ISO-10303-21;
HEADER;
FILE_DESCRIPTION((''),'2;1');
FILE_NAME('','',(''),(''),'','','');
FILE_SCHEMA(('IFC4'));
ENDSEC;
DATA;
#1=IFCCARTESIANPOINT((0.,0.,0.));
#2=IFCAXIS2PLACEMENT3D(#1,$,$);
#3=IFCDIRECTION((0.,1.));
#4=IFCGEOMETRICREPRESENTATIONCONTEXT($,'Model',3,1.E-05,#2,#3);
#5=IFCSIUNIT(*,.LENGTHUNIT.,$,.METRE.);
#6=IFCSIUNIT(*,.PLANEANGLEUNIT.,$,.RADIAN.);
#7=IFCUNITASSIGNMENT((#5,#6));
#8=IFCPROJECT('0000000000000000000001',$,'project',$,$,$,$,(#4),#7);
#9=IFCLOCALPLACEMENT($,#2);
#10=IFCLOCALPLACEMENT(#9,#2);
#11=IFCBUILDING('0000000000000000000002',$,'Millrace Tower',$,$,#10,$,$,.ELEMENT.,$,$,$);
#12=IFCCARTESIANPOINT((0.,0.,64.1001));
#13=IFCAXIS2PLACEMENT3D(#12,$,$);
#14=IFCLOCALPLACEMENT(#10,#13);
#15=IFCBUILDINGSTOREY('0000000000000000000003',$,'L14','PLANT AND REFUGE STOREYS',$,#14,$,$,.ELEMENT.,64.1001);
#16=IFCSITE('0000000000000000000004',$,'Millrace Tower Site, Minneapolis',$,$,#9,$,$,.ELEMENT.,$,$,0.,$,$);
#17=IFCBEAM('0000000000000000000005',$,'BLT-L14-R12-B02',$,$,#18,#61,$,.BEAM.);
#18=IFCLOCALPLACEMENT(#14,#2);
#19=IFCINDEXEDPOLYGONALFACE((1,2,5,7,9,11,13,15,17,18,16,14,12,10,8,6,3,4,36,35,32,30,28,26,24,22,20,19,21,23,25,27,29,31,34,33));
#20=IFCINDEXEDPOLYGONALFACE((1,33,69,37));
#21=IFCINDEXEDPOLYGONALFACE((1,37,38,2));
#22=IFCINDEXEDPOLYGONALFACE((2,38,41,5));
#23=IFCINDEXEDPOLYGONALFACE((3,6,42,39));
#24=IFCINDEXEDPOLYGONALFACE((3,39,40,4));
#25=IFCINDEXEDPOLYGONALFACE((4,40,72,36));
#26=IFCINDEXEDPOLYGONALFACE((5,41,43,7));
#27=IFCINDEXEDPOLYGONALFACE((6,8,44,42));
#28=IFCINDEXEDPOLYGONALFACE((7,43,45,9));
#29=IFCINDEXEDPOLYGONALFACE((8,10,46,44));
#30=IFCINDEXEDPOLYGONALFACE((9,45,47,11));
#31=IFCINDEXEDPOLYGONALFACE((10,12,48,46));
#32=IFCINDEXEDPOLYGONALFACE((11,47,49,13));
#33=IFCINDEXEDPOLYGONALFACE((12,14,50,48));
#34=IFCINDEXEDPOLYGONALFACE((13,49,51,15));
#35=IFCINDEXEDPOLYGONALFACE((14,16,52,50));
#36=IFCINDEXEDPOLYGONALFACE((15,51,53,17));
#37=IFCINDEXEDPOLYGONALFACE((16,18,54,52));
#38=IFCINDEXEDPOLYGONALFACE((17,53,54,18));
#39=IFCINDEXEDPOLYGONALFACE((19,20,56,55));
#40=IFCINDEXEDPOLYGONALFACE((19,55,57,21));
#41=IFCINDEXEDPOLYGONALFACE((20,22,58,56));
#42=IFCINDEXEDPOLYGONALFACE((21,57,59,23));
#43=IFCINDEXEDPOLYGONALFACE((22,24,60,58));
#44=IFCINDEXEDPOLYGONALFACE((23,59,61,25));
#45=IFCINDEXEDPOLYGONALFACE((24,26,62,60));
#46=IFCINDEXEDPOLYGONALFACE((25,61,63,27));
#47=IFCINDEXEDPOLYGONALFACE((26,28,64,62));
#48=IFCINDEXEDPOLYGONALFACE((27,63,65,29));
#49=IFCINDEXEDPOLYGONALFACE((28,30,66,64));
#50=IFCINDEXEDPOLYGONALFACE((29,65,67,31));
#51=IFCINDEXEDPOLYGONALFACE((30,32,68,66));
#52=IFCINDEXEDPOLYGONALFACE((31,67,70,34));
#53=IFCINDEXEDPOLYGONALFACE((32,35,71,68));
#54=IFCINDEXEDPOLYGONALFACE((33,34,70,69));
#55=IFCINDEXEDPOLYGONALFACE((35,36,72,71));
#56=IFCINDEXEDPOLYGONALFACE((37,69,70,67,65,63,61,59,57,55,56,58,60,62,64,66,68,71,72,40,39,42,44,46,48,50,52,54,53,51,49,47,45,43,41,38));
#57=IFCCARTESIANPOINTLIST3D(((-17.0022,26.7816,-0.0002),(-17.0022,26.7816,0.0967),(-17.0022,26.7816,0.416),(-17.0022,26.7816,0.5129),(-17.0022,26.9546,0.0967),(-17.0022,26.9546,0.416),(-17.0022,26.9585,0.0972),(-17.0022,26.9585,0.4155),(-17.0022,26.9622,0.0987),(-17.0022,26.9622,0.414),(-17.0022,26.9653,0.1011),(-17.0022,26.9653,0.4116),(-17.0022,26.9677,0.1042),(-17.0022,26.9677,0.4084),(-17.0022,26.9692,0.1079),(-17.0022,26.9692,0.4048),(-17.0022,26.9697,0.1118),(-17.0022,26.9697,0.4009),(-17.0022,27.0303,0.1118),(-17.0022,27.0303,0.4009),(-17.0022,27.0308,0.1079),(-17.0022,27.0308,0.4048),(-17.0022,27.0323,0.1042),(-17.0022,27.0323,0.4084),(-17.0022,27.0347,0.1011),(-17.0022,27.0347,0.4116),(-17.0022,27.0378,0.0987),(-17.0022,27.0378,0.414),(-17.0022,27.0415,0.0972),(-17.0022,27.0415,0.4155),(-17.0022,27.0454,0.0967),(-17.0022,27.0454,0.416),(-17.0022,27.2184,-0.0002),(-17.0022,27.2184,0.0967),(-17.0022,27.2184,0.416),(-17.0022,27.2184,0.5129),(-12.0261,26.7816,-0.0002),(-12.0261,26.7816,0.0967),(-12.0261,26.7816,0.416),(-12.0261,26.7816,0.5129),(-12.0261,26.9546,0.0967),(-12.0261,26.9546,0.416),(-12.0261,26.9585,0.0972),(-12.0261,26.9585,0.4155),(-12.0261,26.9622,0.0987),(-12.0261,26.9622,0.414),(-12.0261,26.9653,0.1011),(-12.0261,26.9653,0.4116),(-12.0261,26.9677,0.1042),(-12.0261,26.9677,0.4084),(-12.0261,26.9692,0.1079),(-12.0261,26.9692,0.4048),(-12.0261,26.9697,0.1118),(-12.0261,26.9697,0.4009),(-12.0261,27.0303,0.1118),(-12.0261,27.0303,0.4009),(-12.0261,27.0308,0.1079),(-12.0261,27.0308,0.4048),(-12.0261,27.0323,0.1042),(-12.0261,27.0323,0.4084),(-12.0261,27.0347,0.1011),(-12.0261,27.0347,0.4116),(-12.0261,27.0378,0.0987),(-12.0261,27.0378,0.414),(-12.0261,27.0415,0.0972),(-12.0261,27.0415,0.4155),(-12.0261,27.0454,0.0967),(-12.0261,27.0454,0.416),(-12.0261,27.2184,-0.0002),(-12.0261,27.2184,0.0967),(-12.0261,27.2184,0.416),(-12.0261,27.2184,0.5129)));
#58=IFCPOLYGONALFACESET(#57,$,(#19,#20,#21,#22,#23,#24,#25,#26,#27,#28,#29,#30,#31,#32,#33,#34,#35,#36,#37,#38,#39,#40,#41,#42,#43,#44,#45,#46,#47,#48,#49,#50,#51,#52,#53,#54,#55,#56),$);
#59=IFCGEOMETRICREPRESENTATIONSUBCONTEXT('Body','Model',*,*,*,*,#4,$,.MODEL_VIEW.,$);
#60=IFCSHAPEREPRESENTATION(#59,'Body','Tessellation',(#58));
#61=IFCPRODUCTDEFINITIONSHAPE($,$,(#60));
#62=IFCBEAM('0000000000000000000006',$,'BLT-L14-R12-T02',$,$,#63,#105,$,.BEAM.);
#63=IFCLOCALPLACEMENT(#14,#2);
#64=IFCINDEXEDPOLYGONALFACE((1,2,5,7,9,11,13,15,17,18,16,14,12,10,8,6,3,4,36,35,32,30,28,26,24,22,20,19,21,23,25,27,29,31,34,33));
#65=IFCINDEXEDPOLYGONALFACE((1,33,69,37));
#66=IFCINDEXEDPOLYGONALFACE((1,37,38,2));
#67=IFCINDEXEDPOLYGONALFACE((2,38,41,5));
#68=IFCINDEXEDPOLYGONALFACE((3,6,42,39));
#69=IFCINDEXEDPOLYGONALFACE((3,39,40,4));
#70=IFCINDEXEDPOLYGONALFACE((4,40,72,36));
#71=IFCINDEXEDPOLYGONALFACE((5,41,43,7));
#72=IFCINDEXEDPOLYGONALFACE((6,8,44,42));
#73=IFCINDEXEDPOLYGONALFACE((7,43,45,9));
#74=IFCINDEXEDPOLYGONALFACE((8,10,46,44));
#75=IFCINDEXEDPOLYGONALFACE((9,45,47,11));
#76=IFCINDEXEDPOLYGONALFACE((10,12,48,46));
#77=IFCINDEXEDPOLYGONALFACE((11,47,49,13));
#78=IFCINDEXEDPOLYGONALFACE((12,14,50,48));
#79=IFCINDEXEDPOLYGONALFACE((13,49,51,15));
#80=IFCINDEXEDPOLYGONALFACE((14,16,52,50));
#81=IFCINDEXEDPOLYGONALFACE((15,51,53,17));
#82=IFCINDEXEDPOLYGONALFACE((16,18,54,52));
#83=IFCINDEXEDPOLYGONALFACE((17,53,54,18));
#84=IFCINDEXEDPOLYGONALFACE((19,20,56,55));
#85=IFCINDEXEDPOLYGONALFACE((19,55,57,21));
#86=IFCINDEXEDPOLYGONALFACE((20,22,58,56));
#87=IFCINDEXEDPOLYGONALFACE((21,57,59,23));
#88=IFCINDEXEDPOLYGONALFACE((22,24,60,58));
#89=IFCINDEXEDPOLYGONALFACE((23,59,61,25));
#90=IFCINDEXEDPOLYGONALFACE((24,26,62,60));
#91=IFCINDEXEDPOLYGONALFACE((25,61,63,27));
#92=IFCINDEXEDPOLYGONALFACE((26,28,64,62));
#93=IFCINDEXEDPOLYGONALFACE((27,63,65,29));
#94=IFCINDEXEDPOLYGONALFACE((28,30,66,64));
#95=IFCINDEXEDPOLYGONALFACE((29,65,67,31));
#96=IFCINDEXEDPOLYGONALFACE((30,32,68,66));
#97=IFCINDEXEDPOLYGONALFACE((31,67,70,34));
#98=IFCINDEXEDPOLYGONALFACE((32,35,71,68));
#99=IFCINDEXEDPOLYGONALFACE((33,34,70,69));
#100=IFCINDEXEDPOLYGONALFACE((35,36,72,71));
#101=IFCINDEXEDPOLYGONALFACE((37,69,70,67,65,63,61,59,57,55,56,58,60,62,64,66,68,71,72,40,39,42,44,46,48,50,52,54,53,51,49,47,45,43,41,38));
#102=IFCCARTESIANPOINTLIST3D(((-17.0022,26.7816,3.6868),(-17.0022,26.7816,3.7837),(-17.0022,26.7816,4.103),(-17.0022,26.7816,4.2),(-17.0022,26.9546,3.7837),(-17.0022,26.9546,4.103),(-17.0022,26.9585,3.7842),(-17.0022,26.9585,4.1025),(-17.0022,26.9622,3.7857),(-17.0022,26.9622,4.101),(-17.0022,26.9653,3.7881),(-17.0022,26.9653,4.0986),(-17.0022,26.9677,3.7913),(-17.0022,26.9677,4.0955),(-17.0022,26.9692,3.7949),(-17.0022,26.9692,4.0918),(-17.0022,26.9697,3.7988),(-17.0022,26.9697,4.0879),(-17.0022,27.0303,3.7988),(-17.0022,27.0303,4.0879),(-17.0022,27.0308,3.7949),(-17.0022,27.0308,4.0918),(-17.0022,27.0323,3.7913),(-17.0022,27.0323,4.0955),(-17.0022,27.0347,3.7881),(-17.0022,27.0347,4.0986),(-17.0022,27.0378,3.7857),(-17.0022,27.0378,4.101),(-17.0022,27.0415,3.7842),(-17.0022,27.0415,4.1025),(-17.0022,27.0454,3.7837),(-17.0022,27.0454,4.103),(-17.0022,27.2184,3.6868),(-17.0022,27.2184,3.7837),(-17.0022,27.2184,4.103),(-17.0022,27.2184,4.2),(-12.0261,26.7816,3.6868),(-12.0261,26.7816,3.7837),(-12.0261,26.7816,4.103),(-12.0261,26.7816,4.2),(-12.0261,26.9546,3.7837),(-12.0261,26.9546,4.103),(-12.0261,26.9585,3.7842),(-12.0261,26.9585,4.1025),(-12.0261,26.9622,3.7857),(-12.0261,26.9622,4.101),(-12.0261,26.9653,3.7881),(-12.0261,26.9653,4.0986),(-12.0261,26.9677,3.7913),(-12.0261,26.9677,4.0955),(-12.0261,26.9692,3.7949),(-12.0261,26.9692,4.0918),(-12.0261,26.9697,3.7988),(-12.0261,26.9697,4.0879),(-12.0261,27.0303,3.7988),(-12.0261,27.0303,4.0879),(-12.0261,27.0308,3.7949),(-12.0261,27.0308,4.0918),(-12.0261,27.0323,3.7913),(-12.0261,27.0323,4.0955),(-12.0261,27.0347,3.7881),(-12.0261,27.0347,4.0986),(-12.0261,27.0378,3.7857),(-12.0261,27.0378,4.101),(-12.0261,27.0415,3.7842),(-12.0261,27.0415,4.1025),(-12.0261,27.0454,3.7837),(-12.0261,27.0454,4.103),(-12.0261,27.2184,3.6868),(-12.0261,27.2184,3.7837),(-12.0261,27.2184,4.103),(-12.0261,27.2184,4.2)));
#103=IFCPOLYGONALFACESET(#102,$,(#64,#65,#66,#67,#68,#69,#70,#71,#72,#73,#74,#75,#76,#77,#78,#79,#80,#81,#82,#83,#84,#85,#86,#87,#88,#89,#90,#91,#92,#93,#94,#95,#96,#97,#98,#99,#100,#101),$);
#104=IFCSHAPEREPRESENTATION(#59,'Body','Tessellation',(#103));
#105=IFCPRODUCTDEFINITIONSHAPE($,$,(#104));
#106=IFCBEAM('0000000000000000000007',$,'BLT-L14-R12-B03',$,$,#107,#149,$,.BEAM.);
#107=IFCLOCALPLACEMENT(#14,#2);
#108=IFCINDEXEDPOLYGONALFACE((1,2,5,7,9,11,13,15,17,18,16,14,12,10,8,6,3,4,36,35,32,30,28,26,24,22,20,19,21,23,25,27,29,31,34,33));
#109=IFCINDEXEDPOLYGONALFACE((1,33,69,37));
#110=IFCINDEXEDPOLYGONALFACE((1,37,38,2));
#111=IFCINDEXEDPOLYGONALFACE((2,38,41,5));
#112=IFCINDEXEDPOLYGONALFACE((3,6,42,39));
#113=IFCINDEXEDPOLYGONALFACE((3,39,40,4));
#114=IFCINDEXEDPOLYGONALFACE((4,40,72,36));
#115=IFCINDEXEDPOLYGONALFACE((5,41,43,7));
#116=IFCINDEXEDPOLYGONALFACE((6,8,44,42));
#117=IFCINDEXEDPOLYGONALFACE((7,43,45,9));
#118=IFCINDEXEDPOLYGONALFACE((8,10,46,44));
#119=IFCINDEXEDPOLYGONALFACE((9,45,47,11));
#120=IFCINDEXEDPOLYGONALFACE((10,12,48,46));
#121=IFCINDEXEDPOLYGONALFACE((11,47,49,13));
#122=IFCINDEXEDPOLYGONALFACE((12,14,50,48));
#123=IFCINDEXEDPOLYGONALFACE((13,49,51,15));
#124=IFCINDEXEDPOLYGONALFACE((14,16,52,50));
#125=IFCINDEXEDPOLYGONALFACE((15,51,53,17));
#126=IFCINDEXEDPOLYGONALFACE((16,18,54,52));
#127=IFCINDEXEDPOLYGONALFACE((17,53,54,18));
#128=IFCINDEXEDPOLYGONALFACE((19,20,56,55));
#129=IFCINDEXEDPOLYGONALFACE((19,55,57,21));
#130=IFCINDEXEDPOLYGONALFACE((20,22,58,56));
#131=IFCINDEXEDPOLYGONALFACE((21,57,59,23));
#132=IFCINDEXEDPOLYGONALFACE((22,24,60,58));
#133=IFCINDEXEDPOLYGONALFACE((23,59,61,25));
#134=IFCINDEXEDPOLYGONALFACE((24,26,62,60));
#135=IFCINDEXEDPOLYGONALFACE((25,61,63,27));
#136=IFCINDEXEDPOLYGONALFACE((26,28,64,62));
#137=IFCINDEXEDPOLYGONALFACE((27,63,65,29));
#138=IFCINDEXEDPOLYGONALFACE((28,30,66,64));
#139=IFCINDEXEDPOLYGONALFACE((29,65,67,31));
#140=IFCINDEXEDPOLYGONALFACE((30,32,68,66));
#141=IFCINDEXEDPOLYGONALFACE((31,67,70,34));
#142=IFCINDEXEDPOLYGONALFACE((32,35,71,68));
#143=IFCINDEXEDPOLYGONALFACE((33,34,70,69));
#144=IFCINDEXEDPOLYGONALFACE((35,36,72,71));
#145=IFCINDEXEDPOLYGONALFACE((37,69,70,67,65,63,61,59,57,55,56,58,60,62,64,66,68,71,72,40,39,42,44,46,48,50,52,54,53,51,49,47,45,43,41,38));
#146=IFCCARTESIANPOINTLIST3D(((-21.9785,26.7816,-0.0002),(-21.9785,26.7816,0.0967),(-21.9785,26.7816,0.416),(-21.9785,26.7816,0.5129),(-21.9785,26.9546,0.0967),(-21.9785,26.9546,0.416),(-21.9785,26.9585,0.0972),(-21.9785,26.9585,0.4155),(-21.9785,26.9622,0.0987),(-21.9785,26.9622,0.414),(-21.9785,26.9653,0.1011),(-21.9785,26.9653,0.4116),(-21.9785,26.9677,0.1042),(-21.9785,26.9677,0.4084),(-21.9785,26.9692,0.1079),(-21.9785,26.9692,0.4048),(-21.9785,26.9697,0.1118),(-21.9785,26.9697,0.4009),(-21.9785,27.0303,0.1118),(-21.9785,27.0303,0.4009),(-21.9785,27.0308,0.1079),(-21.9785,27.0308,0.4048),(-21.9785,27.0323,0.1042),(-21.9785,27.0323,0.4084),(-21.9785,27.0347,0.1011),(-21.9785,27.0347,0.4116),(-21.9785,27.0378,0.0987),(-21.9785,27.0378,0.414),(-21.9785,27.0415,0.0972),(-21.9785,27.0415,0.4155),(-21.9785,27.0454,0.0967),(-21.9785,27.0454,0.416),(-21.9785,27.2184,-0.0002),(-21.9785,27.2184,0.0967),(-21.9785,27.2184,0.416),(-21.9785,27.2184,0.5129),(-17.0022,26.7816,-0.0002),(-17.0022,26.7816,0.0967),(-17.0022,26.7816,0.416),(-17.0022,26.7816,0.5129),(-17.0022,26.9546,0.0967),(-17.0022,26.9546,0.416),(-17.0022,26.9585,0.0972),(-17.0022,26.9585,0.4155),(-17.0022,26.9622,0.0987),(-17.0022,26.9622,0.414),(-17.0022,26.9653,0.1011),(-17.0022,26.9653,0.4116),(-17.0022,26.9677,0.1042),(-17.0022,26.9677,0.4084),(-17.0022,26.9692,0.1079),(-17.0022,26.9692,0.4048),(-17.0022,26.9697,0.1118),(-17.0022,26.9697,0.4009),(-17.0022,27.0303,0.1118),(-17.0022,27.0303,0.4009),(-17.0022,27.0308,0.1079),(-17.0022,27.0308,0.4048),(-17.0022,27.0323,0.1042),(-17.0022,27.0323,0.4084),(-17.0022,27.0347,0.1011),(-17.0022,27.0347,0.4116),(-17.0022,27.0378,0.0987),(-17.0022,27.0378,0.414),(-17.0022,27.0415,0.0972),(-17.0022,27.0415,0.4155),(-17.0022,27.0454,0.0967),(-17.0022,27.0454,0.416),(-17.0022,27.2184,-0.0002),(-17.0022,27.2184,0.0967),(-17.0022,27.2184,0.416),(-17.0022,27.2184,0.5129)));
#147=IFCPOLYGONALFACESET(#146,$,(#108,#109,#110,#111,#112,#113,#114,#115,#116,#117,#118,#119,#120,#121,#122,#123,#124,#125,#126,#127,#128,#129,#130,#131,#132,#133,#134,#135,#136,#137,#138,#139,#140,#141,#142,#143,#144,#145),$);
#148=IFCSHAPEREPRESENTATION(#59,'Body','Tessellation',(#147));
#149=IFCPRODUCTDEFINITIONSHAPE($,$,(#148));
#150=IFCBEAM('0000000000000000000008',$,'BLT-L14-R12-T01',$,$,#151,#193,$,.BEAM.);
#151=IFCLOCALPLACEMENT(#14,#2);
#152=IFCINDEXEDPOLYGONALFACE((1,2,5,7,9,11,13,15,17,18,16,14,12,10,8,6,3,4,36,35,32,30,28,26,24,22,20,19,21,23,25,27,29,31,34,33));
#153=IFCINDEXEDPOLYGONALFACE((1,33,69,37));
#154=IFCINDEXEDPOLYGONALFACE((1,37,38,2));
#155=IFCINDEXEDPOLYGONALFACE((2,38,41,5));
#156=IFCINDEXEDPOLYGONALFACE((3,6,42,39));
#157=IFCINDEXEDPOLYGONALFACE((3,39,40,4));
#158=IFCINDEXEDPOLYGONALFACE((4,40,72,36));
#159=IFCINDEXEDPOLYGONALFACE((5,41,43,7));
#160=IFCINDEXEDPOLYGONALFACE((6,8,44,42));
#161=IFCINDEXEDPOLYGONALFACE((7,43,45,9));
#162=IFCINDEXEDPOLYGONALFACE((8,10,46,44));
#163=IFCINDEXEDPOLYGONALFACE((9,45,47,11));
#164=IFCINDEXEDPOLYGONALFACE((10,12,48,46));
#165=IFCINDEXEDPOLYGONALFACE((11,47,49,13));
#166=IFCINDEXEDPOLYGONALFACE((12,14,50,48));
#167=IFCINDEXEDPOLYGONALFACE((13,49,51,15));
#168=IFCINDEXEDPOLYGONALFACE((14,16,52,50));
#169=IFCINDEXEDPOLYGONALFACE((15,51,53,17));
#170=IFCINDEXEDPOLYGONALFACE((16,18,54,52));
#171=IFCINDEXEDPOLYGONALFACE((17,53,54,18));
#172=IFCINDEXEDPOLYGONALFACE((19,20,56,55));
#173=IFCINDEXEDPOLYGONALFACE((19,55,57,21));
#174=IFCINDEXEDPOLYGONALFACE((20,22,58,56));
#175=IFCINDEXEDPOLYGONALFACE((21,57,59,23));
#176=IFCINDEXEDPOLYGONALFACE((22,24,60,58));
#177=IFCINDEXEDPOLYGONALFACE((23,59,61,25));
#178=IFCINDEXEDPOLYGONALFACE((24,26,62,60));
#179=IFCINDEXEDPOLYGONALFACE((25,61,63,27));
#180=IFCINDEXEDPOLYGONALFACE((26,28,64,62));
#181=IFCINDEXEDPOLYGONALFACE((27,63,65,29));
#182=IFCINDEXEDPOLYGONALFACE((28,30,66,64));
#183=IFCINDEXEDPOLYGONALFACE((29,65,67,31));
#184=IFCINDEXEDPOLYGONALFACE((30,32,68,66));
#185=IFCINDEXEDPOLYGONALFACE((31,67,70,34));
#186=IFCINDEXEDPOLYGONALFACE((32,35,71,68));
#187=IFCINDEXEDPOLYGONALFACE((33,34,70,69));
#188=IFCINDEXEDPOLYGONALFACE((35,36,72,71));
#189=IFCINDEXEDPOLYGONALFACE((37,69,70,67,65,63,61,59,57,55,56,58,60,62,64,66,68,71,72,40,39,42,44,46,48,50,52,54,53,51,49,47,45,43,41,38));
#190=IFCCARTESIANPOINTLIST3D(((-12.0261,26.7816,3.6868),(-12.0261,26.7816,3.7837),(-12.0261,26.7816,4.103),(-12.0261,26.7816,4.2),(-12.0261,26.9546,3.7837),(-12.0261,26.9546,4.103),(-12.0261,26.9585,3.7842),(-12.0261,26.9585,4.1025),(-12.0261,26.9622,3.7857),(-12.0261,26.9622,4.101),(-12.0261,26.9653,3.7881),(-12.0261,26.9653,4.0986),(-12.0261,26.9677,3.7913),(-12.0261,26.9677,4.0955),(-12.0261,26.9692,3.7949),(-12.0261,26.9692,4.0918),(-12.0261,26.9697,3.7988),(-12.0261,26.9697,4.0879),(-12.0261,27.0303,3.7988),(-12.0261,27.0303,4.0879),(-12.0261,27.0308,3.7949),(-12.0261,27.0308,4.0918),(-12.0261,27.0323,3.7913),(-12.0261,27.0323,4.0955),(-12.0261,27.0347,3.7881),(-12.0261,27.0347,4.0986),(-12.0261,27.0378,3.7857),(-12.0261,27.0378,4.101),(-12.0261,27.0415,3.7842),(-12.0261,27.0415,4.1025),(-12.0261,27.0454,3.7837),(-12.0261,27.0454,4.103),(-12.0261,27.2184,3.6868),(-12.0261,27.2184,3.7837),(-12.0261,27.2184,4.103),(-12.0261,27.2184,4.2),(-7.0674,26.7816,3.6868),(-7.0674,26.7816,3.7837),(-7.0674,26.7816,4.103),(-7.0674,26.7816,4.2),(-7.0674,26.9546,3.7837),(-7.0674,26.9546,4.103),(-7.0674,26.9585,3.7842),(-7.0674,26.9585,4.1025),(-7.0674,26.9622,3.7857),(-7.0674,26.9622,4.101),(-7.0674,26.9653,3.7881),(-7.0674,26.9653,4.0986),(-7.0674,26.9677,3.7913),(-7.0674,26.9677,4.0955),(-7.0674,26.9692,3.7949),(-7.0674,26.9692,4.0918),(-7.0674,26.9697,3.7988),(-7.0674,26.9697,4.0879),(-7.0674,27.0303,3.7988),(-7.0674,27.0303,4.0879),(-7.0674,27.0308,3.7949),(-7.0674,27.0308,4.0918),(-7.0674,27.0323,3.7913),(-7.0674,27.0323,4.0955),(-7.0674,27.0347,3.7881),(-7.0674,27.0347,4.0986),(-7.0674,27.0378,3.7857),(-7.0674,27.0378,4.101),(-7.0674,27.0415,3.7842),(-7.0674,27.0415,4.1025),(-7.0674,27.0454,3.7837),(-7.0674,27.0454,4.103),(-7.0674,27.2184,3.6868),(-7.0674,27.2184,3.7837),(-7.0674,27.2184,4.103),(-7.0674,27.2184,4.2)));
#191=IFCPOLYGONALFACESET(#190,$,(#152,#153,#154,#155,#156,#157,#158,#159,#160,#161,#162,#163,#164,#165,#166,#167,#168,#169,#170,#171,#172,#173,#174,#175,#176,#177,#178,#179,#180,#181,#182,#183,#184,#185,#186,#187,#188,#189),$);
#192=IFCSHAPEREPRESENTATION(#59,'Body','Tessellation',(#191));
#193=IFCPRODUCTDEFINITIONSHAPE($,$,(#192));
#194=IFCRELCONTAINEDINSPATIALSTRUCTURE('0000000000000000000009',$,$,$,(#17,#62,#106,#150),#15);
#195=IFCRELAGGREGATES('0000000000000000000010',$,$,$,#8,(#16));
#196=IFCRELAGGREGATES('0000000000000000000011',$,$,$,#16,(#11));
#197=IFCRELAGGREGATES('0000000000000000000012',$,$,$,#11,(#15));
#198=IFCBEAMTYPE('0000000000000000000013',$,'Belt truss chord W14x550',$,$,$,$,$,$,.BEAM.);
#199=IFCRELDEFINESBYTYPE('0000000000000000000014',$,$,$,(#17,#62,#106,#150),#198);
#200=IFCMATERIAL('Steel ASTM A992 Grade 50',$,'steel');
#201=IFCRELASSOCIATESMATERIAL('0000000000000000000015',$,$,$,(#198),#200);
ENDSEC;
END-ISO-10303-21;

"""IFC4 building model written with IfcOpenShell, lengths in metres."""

from ifc_helpers import new_model, si_unit, direction, frame, origin, origin_2d, place, context, subcontext, project, spatial, i_section, extrude, material, material_profile, profile_set, type_object, element, save


model = new_model("IFC4")

# Units and contexts
model_context = context("Model", 3, precision=1e-05, world=origin(), true_north=direction((0.0, 1.0)))
body_context = subcontext(model_context, "Body", "Model", "MODEL_VIEW")
ifc_project = project(units=[si_unit("LENGTHUNIT", "METRE"), si_unit("PLANEANGLEUNIT", "RADIAN")], contexts=[model_context])

# Site, building, storey
site_placement = place(None, origin())
site = spatial("IfcSite", under=ifc_project, at=site_placement, Name="Millrace Tower Site, Minneapolis", CompositionType="ELEMENT", RefElevation=0.0)
building_placement = place(site_placement, origin())
building = spatial("IfcBuilding", under=site, at=building_placement, Name="Millrace Tower", CompositionType="ELEMENT")
storey_placement = place(building_placement, frame((0.0, 0.0, 64.1001)))
storey = spatial("IfcBuildingStorey", under=building, at=storey_placement, Name="L14", Description="PLANT AND REFUGE STOREYS", CompositionType="ELEMENT", Elevation=64.1001)

# Beams
ifc_material_1 = material(Name="Steel ASTM A992 Grade 50", Category="steel")
ifc_material_profile_1 = material_profile(ifc_material_1, i_section(OverallWidth=0.4368, OverallDepth=0.5132, WebThickness=0.0605, FlangeThickness=0.0969, FilletRadius=0.0151, at=origin_2d()))
ifc_profile_set_1 = profile_set([ifc_material_profile_1], Name="Steel ASTM A992 Grade 50")
beam_type_1 = type_object("IfcBeamType", Name="Belt truss chord W14x550", PredefinedType="BEAM", material=ifc_profile_set_1)
for number, where, z_axis, x_axis, name in (
    (1, (-12.0261, 27.0, 0.2563), (-1.0, 0.0, 0.0), (0.0, -1.0, 0.0), "BLT-L14-R12-B02"),
    (2, (-12.0261, 27.0, 3.9434), (-1.0, 0.0, 0.0), (0.0, -1.0, 0.0), "BLT-L14-R12-T02"),
):
    element("IfcBeam", number, at=place(storey_placement, frame(where, z_axis=z_axis, x_axis=x_axis)), inside=storey, type_object=beam_type_1, Name=name, PredefinedType="BEAM", context=body_context, shape_type="SweptSolid", body=[
        extrude(i_section(OverallWidth=0.4368, OverallDepth=0.5132, WebThickness=0.0605, FlangeThickness=0.0969, FilletRadius=0.0151, at=origin_2d()), origin(), (0.0, 0.0, 1.0), 4.9761),
    ])
beam_1_placement = place(storey_placement, frame((-17.0022, 27.0, 0.2563), z_axis=(-1.0, 0.0, 0.0), x_axis=(0.0, -1.0, 0.0)))
element("IfcBeam", 3, at=beam_1_placement, inside=storey, type_object=beam_type_1, Name="BLT-L14-R12-B03", PredefinedType="BEAM", context=body_context, shape_type="SweptSolid", body=[
    extrude(i_section(OverallWidth=0.4368, OverallDepth=0.5132, WebThickness=0.0605, FlangeThickness=0.0969, FilletRadius=0.0151, at=origin_2d()), origin(), (0.0, 0.0, 1.0), 4.9763),
])
beam_2_placement = place(storey_placement, frame((-7.0674, 27.0, 3.9434), z_axis=(-1.0, 0.0, 0.0), x_axis=(0.0, -1.0, 0.0)))
element("IfcBeam", 4, at=beam_2_placement, inside=storey, type_object=beam_type_1, Name="BLT-L14-R12-T01", PredefinedType="BEAM", context=body_context, shape_type="SweptSolid", body=[
    extrude(i_section(OverallWidth=0.4368, OverallDepth=0.5132, WebThickness=0.0605, FlangeThickness=0.0969, FilletRadius=0.0151, at=origin_2d()), origin(), (0.0, 0.0, 1.0), 4.9587),
])

save(model, "model.ifc")
